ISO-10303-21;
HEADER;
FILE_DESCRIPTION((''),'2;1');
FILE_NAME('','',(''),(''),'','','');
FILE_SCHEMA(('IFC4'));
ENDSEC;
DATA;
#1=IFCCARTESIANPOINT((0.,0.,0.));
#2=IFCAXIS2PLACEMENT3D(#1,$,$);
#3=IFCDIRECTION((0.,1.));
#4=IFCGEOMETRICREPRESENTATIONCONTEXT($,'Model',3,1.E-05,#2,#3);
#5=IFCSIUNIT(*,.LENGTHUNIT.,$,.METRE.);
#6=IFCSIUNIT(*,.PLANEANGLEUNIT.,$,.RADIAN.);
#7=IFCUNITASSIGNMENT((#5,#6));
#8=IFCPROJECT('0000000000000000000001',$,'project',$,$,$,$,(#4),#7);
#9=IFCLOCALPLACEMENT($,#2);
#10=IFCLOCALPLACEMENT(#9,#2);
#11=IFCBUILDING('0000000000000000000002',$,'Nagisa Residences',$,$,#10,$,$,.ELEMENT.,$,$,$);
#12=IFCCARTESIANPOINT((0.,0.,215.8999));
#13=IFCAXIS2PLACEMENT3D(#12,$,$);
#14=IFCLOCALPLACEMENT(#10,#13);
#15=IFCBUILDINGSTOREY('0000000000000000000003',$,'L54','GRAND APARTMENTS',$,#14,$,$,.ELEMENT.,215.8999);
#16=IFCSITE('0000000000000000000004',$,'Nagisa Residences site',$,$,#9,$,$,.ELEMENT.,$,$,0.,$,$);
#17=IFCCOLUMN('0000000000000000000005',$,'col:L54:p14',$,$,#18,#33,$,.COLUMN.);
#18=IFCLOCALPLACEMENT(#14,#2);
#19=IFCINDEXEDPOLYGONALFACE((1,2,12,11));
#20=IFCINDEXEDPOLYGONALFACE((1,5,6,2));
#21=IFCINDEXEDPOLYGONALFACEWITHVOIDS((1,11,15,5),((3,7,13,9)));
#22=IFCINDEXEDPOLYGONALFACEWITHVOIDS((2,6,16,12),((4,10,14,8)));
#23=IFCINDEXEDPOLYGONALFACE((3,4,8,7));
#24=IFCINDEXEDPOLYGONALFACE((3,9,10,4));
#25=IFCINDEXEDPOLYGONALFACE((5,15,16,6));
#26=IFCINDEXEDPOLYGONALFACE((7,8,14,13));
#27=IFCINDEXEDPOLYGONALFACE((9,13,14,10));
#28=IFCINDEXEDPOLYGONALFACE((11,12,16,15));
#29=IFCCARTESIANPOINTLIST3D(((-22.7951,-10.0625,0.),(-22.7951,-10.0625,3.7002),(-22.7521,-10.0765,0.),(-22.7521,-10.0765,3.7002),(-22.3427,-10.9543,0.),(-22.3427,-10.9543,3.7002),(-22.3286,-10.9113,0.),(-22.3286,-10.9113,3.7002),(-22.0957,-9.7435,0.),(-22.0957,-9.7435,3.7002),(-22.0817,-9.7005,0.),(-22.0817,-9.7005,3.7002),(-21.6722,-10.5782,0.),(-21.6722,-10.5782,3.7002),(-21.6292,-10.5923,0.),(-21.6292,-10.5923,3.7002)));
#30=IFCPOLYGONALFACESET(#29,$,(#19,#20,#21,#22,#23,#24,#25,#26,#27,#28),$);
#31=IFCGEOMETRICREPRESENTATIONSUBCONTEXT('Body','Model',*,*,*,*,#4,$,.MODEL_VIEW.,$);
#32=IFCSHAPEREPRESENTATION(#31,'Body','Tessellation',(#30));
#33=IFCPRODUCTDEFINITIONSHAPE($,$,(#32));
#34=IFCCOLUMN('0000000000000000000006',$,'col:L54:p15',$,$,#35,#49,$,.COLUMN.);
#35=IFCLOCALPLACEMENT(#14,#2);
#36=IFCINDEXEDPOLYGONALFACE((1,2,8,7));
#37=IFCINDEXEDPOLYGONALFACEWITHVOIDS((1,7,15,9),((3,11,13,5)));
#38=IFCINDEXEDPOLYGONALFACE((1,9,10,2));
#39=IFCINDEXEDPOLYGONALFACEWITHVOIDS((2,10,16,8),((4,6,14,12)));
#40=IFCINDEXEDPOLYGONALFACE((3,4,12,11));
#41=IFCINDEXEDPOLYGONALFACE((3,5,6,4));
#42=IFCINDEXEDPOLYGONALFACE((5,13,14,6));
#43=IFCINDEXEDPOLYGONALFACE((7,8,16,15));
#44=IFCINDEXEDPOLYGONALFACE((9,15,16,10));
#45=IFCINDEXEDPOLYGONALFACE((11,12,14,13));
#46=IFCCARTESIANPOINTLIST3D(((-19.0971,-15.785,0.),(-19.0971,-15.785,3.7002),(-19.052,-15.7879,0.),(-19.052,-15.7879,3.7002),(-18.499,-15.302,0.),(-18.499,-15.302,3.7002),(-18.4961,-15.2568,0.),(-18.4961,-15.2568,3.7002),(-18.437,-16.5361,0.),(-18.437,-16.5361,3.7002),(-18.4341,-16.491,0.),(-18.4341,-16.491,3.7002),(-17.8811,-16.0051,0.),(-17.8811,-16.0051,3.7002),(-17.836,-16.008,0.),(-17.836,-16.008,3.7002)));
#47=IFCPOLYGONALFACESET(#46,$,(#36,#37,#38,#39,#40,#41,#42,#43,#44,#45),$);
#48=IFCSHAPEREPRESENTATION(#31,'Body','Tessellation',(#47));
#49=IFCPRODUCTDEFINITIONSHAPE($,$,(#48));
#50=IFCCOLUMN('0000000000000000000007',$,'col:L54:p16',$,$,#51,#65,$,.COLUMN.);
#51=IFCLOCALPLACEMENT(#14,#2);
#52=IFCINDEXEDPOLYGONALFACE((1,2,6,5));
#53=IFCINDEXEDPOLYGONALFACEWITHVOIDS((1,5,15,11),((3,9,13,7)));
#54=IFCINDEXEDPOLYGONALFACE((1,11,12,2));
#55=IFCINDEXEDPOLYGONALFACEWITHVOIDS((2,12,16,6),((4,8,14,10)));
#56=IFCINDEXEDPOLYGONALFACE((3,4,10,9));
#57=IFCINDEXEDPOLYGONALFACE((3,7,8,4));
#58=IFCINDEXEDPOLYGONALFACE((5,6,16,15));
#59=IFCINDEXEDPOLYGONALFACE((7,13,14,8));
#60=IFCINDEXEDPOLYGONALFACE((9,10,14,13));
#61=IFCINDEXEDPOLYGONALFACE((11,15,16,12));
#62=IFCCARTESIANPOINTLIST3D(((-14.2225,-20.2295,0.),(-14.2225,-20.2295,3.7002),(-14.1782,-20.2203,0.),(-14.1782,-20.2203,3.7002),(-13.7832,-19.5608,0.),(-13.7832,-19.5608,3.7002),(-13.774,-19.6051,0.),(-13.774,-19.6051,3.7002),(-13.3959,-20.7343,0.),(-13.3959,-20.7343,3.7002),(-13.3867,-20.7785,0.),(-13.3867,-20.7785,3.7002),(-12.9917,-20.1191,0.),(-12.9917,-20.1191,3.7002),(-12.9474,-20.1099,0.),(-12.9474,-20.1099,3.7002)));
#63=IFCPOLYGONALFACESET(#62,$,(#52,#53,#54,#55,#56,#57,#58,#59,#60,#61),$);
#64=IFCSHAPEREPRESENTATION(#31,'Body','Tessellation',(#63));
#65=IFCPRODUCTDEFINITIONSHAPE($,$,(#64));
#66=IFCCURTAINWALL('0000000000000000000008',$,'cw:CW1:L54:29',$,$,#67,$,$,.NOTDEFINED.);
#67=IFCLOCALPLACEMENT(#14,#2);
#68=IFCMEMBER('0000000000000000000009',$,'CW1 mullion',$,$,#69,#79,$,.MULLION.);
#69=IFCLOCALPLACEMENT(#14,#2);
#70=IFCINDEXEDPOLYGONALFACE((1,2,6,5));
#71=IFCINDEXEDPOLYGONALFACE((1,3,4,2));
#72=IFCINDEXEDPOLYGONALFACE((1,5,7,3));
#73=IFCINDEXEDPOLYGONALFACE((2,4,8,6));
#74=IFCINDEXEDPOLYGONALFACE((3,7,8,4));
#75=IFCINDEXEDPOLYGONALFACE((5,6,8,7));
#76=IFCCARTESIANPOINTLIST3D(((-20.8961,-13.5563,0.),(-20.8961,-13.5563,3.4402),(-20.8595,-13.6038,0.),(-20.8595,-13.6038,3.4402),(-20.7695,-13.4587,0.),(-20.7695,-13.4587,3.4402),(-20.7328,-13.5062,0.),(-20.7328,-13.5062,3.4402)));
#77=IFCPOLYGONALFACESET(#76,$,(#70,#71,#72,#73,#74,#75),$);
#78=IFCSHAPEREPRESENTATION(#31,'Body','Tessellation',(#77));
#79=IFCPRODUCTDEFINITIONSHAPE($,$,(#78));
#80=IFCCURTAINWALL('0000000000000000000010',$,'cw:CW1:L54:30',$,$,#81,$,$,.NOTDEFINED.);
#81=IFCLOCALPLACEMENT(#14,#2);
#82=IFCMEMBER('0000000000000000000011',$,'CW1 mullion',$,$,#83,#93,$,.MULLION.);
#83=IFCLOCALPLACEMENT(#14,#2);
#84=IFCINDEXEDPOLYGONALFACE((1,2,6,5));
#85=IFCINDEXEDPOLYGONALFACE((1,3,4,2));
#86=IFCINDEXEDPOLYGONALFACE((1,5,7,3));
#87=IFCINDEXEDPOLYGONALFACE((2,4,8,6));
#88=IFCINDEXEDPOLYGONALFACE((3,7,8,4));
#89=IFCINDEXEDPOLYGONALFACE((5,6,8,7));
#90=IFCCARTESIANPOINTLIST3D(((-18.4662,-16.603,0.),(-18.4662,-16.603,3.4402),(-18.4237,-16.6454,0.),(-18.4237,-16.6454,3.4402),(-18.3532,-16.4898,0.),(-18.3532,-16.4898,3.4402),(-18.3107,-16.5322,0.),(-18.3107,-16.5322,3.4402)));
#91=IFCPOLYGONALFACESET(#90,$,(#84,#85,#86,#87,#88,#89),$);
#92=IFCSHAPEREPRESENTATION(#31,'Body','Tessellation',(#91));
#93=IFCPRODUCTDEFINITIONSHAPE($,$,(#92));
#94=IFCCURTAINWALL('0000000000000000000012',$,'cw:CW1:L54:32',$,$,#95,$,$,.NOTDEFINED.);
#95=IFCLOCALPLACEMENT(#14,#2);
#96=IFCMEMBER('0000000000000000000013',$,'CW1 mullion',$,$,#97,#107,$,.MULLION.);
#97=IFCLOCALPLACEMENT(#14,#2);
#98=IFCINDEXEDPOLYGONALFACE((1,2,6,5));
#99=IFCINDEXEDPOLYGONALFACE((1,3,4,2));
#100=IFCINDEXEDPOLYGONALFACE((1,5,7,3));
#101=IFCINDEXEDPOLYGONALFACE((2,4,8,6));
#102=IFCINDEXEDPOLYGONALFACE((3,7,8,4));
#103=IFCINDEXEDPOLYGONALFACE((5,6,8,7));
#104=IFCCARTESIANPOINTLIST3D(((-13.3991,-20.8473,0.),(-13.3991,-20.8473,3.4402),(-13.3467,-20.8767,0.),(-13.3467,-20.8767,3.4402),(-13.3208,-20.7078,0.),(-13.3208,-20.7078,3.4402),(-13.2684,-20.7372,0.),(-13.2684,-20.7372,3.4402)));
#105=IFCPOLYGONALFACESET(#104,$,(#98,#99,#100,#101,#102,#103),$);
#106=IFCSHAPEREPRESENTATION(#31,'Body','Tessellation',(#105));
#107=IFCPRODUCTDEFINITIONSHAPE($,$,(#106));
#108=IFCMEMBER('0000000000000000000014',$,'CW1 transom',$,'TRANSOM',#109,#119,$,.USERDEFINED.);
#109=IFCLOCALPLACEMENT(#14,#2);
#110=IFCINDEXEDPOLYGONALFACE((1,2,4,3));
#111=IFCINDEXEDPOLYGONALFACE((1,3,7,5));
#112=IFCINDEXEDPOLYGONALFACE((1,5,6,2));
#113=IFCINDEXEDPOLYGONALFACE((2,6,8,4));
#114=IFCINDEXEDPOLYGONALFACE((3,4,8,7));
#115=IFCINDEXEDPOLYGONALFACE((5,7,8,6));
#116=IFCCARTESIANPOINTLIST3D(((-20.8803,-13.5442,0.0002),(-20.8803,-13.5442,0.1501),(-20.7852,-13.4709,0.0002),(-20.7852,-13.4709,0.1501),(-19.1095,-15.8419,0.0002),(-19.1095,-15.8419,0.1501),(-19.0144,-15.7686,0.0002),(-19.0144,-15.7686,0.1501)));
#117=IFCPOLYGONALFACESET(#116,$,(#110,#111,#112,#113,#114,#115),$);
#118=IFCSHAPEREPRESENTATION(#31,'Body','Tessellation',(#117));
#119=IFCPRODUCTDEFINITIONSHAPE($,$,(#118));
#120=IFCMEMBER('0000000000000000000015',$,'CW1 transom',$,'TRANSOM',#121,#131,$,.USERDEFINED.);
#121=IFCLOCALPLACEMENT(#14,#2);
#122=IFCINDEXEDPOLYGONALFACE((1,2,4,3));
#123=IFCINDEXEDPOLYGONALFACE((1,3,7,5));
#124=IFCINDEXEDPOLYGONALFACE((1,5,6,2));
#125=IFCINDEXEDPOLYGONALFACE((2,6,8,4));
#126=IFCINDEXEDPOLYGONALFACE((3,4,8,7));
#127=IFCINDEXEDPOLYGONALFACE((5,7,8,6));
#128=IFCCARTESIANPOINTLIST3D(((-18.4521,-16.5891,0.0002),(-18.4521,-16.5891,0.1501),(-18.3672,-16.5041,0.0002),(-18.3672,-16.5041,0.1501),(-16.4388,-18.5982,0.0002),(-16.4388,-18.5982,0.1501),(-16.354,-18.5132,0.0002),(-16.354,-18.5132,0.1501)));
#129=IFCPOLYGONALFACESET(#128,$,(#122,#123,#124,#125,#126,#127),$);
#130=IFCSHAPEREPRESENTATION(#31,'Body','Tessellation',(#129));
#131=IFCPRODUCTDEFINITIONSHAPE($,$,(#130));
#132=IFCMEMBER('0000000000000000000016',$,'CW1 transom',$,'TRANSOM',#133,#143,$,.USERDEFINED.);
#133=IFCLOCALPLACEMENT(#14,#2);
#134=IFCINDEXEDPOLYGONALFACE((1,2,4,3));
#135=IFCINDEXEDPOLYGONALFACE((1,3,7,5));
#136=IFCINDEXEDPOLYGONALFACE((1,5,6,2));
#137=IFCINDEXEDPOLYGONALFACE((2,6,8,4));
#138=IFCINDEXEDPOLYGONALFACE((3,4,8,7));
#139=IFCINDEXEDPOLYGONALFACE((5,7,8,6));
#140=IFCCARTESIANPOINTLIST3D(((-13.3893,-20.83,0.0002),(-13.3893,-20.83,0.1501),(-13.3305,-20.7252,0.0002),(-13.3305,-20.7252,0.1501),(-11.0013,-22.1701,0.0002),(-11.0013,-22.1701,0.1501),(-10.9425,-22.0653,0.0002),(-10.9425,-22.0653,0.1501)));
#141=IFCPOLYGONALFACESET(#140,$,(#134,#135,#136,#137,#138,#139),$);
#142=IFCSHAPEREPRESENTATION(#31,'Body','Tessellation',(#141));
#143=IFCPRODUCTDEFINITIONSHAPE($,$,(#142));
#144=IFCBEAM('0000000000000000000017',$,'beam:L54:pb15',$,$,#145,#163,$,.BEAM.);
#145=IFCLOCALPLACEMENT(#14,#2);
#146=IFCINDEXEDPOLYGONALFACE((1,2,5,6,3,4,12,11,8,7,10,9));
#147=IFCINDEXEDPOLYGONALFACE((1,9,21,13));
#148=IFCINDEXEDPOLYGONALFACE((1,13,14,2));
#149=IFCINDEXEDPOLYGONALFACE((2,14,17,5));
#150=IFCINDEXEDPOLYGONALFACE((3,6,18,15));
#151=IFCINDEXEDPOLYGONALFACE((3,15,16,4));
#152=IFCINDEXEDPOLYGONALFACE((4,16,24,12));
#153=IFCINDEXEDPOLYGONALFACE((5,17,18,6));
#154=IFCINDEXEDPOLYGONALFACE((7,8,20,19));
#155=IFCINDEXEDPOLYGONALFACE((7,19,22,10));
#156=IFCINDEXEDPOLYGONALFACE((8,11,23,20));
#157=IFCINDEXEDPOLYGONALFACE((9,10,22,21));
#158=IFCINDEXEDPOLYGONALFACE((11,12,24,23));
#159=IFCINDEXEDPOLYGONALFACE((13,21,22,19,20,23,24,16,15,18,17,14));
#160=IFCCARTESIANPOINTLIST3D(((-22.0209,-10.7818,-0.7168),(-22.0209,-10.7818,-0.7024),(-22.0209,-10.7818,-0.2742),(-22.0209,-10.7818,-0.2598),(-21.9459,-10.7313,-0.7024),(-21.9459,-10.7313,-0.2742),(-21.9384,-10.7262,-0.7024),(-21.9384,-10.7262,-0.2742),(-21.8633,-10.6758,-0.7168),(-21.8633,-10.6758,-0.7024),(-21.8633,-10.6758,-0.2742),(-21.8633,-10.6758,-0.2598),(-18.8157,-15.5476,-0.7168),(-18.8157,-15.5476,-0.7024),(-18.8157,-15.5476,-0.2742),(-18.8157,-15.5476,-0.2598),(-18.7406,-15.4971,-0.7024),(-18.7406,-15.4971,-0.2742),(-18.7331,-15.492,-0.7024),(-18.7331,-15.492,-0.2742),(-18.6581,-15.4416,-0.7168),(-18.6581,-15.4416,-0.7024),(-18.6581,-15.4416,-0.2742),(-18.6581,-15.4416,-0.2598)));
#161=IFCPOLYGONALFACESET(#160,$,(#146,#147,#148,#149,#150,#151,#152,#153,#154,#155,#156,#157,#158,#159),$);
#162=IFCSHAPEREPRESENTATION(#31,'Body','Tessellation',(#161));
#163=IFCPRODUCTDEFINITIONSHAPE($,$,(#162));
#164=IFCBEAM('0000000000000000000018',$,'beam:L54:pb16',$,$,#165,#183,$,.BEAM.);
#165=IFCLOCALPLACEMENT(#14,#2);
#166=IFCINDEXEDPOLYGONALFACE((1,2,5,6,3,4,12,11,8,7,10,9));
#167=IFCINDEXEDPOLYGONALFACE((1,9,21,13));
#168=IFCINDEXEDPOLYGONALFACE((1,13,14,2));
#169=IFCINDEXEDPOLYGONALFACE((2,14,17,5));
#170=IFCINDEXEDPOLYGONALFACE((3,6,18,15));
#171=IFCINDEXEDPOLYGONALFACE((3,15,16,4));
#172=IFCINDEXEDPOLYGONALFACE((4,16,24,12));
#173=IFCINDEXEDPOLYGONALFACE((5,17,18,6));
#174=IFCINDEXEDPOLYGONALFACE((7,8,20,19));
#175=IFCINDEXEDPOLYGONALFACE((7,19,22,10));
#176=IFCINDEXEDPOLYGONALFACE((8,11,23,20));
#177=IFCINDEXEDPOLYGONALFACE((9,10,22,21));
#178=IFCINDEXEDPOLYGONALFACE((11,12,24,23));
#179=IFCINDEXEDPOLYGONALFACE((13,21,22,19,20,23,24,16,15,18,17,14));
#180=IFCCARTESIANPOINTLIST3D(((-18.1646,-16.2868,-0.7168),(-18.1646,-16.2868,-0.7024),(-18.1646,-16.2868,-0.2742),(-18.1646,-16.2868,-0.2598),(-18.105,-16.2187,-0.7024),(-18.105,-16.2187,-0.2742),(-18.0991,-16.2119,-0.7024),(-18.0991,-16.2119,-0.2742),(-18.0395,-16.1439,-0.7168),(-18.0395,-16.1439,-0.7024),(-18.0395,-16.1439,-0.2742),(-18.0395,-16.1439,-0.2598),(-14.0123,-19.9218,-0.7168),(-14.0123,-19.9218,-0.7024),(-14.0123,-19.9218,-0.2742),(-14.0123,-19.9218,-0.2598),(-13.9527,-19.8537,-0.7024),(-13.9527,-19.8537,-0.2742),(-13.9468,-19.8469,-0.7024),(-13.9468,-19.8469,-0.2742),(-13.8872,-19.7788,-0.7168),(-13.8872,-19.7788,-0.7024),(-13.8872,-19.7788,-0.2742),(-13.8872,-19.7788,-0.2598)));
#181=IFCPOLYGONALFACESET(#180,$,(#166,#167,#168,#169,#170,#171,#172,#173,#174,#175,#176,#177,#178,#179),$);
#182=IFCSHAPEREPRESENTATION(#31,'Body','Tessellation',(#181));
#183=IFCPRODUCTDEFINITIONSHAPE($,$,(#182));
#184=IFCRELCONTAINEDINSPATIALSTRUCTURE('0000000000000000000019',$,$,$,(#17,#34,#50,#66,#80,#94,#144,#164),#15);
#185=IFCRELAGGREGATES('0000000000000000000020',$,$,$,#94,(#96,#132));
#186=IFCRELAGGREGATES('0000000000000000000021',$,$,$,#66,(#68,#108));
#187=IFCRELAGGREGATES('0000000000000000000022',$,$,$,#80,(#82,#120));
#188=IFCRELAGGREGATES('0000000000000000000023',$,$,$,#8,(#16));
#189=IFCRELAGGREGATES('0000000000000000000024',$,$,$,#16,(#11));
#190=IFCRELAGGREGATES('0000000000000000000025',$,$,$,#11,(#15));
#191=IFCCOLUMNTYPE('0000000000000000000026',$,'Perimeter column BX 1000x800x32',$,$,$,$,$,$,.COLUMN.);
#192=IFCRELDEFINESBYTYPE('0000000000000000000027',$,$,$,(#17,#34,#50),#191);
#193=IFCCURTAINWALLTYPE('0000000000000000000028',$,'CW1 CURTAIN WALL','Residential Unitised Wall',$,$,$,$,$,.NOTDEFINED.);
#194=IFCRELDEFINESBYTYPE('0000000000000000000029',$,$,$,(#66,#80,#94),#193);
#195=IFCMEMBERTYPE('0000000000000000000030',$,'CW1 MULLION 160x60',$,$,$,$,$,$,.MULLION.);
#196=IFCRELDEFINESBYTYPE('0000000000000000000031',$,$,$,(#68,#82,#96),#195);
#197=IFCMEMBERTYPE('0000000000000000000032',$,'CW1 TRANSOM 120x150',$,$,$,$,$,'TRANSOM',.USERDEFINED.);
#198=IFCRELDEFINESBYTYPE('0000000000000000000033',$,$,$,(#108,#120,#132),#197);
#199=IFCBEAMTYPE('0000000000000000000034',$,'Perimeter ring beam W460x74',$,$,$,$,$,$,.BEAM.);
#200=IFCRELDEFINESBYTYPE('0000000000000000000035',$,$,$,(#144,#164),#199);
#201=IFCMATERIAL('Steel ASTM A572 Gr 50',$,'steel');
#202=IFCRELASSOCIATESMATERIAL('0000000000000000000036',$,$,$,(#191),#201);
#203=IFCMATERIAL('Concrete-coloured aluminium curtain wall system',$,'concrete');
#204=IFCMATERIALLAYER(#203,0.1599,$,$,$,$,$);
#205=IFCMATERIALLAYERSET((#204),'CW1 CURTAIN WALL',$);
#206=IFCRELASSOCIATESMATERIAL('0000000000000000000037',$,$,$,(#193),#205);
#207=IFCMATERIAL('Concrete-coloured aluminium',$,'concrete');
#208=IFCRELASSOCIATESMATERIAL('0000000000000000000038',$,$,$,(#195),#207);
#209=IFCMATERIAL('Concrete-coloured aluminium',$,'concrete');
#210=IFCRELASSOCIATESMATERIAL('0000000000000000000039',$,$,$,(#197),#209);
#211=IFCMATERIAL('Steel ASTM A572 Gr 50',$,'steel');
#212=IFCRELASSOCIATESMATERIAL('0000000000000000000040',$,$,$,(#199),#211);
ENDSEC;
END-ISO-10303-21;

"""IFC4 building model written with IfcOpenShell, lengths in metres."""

from ifc_helpers import new_model, si_unit, direction, frame, origin, origin_2d, place, context, subcontext, project, spatial, rectangle, hollow_rectangle, i_section, extrude, material, layer, layer_set, material_profile, profile_set, type_object, element, aggregate, save


model = new_model("IFC4")

# Units and contexts
model_context = context("Model", 3, precision=1e-05, world=origin(), true_north=direction((0.0, 1.0)))
body_context = subcontext(model_context, "Body", "Model", "MODEL_VIEW")
ifc_project = project(units=[si_unit("LENGTHUNIT", "METRE"), si_unit("PLANEANGLEUNIT", "RADIAN")], contexts=[model_context])

# Site, building, storey
site_placement = place(None, origin())
site = spatial("IfcSite", under=ifc_project, at=site_placement, Name="Nagisa Residences site", CompositionType="ELEMENT", RefElevation=0.0)
building_placement = place(site_placement, origin())
building = spatial("IfcBuilding", under=site, at=building_placement, Name="Nagisa Residences", CompositionType="ELEMENT")
storey_placement = place(building_placement, frame((0.0, 0.0, 215.8999)))
storey = spatial("IfcBuildingStorey", under=building, at=storey_placement, Name="L54", Description="GRAND APARTMENTS", CompositionType="ELEMENT", Elevation=215.8999)

# Columns
ifc_material_1 = material(Name="Steel ASTM A572 Gr 50", Category="steel")
ifc_material_profile_1 = material_profile(ifc_material_1, hollow_rectangle(XDim=1.0, YDim=0.8, WallThickness=0.032, at=origin_2d()), Name="BX 1000x800x32")
ifc_profile_set_1 = profile_set([ifc_material_profile_1], Name="Steel ASTM A572 Gr 50")
column_type = type_object("IfcColumnType", Name="Perimeter column BX 1000x800x32", PredefinedType="COLUMN", material=ifc_profile_set_1)
for number, where, z_axis, x_axis, name in (
    (1, (-22.2122, -10.3274, 0.0), (0.0, 0.0, 1.0), (0.452463, -0.891783, 0.0), "col:L54:p14"),
    (2, (-18.4666, -15.8965, 0.0), (0.0, 0.0, 1.0), (0.660115, -0.751165, 0.0), "col:L54:p15"),
    (3, (-13.585, -20.1697, 0.0), (0.0, 0.0, 1.0), (0.835766, -0.549086, 0.0), "col:L54:p16"),
):
    element("IfcColumn", number, at=place(storey_placement, frame(where, z_axis=z_axis, x_axis=x_axis)), inside=storey, type_object=column_type, Name=name, PredefinedType="COLUMN", context=body_context, shape_type="SweptSolid", body=[
        extrude(hollow_rectangle(XDim=1.0, YDim=0.8, WallThickness=0.032, at=origin_2d()), origin(), (0.0, 0.0, 1.0), 3.7002),
    ])

# Curtain walls, members
ifc_material_2 = material(Name="Concrete-coloured aluminium curtain wall system", Category="concrete")
ifc_layer_1 = layer(ifc_material_2, 0.1599)
ifc_layer_set_1 = layer_set([ifc_layer_1], Name="CW1 CURTAIN WALL")
curtain_wall_type = type_object("IfcCurtainWallType", Name="CW1 CURTAIN WALL", Description="Residential Unitised Wall", PredefinedType="NOTDEFINED", material=ifc_layer_set_1)
curtain_wall_1_placement = place(storey_placement, origin())
curtain_wall_1 = element("IfcCurtainWall", 4, at=curtain_wall_1_placement, inside=storey, type_object=curtain_wall_type, Name="cw:CW1:L54:29", PredefinedType="NOTDEFINED")
ifc_material_3 = material(Name="Concrete-coloured aluminium", Category="concrete")
ifc_material_profile_2 = material_profile(ifc_material_3, rectangle(XDim=0.1599, YDim=0.0601, at=origin_2d()), Name="CW1 MULLION 160x60")
ifc_profile_set_2 = profile_set([ifc_material_profile_2], Name="Concrete-coloured aluminium")
member_type_1 = type_object("IfcMemberType", Name="CW1 MULLION 160x60", PredefinedType="MULLION", material=ifc_profile_set_2)
member_1_placement = place(storey_placement, frame((-20.8145, -13.5312, 0.0), z_axis=(0.0, 0.0, 1.0), x_axis=(0.79207, 0.61043, 0.0)))
member_1 = element("IfcMember", 5, at=member_1_placement, type_object=member_type_1, Name="CW1 mullion", PredefinedType="MULLION", context=body_context, shape_type="SweptSolid", body=[
    extrude(rectangle(XDim=0.1599, YDim=0.0601, at=origin_2d()), origin(), (0.0, 0.0, 1.0), 3.4402),
])
curtain_wall_2_placement = place(storey_placement, origin())
curtain_wall_2 = element("IfcCurtainWall", 6, at=curtain_wall_2_placement, inside=storey, type_object=curtain_wall_type, Name="cw:CW1:L54:30", PredefinedType="NOTDEFINED")
member_2_placement = place(storey_placement, frame((-18.3884, -16.5676, 0.0), z_axis=(0.0, 0.0, 1.0), x_axis=(0.706377, 0.707836, 0.0)))
member_2 = element("IfcMember", 7, at=member_2_placement, type_object=member_type_1, Name="CW1 mullion", PredefinedType="MULLION", context=body_context, shape_type="SweptSolid", body=[
    extrude(rectangle(XDim=0.1599, YDim=0.0601, at=origin_2d()), origin(), (0.0, 0.0, 1.0), 3.4402),
])
curtain_wall_3_placement = place(storey_placement, origin())
curtain_wall_3 = element("IfcCurtainWall", 8, at=curtain_wall_3_placement, inside=storey, type_object=curtain_wall_type, Name="cw:CW1:L54:32", PredefinedType="NOTDEFINED")
member_3_placement = place(storey_placement, frame((-13.3337, -20.7922, 0.0), z_axis=(0.0, 0.0, 1.0), x_axis=(0.489377, 0.872072, 0.0)))
member_3 = element("IfcMember", 9, at=member_3_placement, type_object=member_type_1, Name="CW1 mullion", PredefinedType="MULLION", context=body_context, shape_type="SweptSolid", body=[
    extrude(rectangle(XDim=0.1599, YDim=0.0601, at=origin_2d()), origin(), (0.0, 0.0, 1.0), 3.4402),
])

# Members
ifc_material_4 = material(Name="Concrete-coloured aluminium", Category="concrete")
ifc_material_profile_3 = material_profile(ifc_material_4, rectangle(XDim=0.1201, YDim=0.1499, at=origin_2d()), Name="CW1 TRANSOM 120x150")
ifc_profile_set_3 = profile_set([ifc_material_profile_3], Name="Concrete-coloured aluminium")
member_type_2 = type_object("IfcMemberType", Name="CW1 TRANSOM 120x150", ElementType="TRANSOM", PredefinedType="USERDEFINED", material=ifc_profile_set_3)
member_4_placement = place(storey_placement, frame((-20.8328, -13.5076, 0.0752), z_axis=(0.610439, -0.792064, 0.0), x_axis=(0.792064, 0.610439, 0.0)))
member_4 = element("IfcMember", 10, at=member_4_placement, type_object=member_type_2, Name="CW1 transom", ObjectType="TRANSOM", PredefinedType="USERDEFINED", context=body_context, shape_type="SweptSolid", body=[
    extrude(rectangle(XDim=0.1201, YDim=0.1499, at=origin_2d()), origin(), (0.0, 0.0, 1.0), 2.9009),
])
member_5_placement = place(storey_placement, frame((-18.4097, -16.5466, 0.0752), z_axis=(0.707836, -0.706377, 0.0), x_axis=(0.706377, 0.707836, 0.0)))
member_5 = element("IfcMember", 11, at=member_5_placement, type_object=member_type_2, Name="CW1 transom", ObjectType="TRANSOM", PredefinedType="USERDEFINED", context=body_context, shape_type="SweptSolid", body=[
    extrude(rectangle(XDim=0.1201, YDim=0.1499, at=origin_2d()), origin(), (0.0, 0.0, 1.0), 2.8442),
])
member_6_placement = place(storey_placement, frame((-13.3599, -20.7776, 0.0752), z_axis=(0.872063, -0.489393, 0.0), x_axis=(0.489393, 0.872063, 0.0)))
member_6 = element("IfcMember", 12, at=member_6_placement, type_object=member_type_2, Name="CW1 transom", ObjectType="TRANSOM", PredefinedType="USERDEFINED", context=body_context, shape_type="SweptSolid", body=[
    extrude(rectangle(XDim=0.1201, YDim=0.1499, at=origin_2d()), origin(), (0.0, 0.0, 1.0), 2.7383),
])
aggregate(curtain_wall_3, [member_3, member_6])

# Beams
ifc_material_5 = material(Name="Steel ASTM A572 Gr 50", Category="steel")
ifc_material_profile_4 = material_profile(ifc_material_5, i_section(OverallWidth=0.1899, OverallDepth=0.457, WebThickness=0.009, FlangeThickness=0.0144, at=origin_2d()), Name="W460x74")
ifc_profile_set_4 = profile_set([ifc_material_profile_4], Name="Steel ASTM A572 Gr 50")
beam_type_1 = type_object("IfcBeamType", Name="Perimeter ring beam W460x74", PredefinedType="BEAM", material=ifc_profile_set_4)
beam_1_placement = place(storey_placement, frame((-21.9421, -10.7288, -0.4883), z_axis=(0.55808, -0.829787, 0.0), x_axis=(0.829787, 0.55808, 0.0)))
element("IfcBeam", 13, at=beam_1_placement, inside=storey, type_object=beam_type_1, Name="beam:L54:pb15", PredefinedType="BEAM", context=body_context, shape_type="SweptSolid", body=[
    extrude(i_section(OverallWidth=0.1899, OverallDepth=0.457, WebThickness=0.009, FlangeThickness=0.0144, at=origin_2d()), origin(), (0.0, 0.0, 1.0), 5.7434),
])
beam_2_placement = place(storey_placement, frame((-18.1021, -16.2153, -0.4883), z_axis=(0.752423, -0.65868, 0.0), x_axis=(0.65868, 0.752423, 0.0)))
element("IfcBeam", 14, at=beam_2_placement, inside=storey, type_object=beam_type_1, Name="beam:L54:pb16", PredefinedType="BEAM", context=body_context, shape_type="SweptSolid", body=[
    extrude(i_section(OverallWidth=0.1899, OverallDepth=0.457, WebThickness=0.009, FlangeThickness=0.0144, at=origin_2d()), origin(), (0.0, 0.0, 1.0), 5.5186),
])

aggregate(curtain_wall_1, [member_1, member_4])
aggregate(curtain_wall_2, [member_2, member_5])

save(model, "model.ifc")
